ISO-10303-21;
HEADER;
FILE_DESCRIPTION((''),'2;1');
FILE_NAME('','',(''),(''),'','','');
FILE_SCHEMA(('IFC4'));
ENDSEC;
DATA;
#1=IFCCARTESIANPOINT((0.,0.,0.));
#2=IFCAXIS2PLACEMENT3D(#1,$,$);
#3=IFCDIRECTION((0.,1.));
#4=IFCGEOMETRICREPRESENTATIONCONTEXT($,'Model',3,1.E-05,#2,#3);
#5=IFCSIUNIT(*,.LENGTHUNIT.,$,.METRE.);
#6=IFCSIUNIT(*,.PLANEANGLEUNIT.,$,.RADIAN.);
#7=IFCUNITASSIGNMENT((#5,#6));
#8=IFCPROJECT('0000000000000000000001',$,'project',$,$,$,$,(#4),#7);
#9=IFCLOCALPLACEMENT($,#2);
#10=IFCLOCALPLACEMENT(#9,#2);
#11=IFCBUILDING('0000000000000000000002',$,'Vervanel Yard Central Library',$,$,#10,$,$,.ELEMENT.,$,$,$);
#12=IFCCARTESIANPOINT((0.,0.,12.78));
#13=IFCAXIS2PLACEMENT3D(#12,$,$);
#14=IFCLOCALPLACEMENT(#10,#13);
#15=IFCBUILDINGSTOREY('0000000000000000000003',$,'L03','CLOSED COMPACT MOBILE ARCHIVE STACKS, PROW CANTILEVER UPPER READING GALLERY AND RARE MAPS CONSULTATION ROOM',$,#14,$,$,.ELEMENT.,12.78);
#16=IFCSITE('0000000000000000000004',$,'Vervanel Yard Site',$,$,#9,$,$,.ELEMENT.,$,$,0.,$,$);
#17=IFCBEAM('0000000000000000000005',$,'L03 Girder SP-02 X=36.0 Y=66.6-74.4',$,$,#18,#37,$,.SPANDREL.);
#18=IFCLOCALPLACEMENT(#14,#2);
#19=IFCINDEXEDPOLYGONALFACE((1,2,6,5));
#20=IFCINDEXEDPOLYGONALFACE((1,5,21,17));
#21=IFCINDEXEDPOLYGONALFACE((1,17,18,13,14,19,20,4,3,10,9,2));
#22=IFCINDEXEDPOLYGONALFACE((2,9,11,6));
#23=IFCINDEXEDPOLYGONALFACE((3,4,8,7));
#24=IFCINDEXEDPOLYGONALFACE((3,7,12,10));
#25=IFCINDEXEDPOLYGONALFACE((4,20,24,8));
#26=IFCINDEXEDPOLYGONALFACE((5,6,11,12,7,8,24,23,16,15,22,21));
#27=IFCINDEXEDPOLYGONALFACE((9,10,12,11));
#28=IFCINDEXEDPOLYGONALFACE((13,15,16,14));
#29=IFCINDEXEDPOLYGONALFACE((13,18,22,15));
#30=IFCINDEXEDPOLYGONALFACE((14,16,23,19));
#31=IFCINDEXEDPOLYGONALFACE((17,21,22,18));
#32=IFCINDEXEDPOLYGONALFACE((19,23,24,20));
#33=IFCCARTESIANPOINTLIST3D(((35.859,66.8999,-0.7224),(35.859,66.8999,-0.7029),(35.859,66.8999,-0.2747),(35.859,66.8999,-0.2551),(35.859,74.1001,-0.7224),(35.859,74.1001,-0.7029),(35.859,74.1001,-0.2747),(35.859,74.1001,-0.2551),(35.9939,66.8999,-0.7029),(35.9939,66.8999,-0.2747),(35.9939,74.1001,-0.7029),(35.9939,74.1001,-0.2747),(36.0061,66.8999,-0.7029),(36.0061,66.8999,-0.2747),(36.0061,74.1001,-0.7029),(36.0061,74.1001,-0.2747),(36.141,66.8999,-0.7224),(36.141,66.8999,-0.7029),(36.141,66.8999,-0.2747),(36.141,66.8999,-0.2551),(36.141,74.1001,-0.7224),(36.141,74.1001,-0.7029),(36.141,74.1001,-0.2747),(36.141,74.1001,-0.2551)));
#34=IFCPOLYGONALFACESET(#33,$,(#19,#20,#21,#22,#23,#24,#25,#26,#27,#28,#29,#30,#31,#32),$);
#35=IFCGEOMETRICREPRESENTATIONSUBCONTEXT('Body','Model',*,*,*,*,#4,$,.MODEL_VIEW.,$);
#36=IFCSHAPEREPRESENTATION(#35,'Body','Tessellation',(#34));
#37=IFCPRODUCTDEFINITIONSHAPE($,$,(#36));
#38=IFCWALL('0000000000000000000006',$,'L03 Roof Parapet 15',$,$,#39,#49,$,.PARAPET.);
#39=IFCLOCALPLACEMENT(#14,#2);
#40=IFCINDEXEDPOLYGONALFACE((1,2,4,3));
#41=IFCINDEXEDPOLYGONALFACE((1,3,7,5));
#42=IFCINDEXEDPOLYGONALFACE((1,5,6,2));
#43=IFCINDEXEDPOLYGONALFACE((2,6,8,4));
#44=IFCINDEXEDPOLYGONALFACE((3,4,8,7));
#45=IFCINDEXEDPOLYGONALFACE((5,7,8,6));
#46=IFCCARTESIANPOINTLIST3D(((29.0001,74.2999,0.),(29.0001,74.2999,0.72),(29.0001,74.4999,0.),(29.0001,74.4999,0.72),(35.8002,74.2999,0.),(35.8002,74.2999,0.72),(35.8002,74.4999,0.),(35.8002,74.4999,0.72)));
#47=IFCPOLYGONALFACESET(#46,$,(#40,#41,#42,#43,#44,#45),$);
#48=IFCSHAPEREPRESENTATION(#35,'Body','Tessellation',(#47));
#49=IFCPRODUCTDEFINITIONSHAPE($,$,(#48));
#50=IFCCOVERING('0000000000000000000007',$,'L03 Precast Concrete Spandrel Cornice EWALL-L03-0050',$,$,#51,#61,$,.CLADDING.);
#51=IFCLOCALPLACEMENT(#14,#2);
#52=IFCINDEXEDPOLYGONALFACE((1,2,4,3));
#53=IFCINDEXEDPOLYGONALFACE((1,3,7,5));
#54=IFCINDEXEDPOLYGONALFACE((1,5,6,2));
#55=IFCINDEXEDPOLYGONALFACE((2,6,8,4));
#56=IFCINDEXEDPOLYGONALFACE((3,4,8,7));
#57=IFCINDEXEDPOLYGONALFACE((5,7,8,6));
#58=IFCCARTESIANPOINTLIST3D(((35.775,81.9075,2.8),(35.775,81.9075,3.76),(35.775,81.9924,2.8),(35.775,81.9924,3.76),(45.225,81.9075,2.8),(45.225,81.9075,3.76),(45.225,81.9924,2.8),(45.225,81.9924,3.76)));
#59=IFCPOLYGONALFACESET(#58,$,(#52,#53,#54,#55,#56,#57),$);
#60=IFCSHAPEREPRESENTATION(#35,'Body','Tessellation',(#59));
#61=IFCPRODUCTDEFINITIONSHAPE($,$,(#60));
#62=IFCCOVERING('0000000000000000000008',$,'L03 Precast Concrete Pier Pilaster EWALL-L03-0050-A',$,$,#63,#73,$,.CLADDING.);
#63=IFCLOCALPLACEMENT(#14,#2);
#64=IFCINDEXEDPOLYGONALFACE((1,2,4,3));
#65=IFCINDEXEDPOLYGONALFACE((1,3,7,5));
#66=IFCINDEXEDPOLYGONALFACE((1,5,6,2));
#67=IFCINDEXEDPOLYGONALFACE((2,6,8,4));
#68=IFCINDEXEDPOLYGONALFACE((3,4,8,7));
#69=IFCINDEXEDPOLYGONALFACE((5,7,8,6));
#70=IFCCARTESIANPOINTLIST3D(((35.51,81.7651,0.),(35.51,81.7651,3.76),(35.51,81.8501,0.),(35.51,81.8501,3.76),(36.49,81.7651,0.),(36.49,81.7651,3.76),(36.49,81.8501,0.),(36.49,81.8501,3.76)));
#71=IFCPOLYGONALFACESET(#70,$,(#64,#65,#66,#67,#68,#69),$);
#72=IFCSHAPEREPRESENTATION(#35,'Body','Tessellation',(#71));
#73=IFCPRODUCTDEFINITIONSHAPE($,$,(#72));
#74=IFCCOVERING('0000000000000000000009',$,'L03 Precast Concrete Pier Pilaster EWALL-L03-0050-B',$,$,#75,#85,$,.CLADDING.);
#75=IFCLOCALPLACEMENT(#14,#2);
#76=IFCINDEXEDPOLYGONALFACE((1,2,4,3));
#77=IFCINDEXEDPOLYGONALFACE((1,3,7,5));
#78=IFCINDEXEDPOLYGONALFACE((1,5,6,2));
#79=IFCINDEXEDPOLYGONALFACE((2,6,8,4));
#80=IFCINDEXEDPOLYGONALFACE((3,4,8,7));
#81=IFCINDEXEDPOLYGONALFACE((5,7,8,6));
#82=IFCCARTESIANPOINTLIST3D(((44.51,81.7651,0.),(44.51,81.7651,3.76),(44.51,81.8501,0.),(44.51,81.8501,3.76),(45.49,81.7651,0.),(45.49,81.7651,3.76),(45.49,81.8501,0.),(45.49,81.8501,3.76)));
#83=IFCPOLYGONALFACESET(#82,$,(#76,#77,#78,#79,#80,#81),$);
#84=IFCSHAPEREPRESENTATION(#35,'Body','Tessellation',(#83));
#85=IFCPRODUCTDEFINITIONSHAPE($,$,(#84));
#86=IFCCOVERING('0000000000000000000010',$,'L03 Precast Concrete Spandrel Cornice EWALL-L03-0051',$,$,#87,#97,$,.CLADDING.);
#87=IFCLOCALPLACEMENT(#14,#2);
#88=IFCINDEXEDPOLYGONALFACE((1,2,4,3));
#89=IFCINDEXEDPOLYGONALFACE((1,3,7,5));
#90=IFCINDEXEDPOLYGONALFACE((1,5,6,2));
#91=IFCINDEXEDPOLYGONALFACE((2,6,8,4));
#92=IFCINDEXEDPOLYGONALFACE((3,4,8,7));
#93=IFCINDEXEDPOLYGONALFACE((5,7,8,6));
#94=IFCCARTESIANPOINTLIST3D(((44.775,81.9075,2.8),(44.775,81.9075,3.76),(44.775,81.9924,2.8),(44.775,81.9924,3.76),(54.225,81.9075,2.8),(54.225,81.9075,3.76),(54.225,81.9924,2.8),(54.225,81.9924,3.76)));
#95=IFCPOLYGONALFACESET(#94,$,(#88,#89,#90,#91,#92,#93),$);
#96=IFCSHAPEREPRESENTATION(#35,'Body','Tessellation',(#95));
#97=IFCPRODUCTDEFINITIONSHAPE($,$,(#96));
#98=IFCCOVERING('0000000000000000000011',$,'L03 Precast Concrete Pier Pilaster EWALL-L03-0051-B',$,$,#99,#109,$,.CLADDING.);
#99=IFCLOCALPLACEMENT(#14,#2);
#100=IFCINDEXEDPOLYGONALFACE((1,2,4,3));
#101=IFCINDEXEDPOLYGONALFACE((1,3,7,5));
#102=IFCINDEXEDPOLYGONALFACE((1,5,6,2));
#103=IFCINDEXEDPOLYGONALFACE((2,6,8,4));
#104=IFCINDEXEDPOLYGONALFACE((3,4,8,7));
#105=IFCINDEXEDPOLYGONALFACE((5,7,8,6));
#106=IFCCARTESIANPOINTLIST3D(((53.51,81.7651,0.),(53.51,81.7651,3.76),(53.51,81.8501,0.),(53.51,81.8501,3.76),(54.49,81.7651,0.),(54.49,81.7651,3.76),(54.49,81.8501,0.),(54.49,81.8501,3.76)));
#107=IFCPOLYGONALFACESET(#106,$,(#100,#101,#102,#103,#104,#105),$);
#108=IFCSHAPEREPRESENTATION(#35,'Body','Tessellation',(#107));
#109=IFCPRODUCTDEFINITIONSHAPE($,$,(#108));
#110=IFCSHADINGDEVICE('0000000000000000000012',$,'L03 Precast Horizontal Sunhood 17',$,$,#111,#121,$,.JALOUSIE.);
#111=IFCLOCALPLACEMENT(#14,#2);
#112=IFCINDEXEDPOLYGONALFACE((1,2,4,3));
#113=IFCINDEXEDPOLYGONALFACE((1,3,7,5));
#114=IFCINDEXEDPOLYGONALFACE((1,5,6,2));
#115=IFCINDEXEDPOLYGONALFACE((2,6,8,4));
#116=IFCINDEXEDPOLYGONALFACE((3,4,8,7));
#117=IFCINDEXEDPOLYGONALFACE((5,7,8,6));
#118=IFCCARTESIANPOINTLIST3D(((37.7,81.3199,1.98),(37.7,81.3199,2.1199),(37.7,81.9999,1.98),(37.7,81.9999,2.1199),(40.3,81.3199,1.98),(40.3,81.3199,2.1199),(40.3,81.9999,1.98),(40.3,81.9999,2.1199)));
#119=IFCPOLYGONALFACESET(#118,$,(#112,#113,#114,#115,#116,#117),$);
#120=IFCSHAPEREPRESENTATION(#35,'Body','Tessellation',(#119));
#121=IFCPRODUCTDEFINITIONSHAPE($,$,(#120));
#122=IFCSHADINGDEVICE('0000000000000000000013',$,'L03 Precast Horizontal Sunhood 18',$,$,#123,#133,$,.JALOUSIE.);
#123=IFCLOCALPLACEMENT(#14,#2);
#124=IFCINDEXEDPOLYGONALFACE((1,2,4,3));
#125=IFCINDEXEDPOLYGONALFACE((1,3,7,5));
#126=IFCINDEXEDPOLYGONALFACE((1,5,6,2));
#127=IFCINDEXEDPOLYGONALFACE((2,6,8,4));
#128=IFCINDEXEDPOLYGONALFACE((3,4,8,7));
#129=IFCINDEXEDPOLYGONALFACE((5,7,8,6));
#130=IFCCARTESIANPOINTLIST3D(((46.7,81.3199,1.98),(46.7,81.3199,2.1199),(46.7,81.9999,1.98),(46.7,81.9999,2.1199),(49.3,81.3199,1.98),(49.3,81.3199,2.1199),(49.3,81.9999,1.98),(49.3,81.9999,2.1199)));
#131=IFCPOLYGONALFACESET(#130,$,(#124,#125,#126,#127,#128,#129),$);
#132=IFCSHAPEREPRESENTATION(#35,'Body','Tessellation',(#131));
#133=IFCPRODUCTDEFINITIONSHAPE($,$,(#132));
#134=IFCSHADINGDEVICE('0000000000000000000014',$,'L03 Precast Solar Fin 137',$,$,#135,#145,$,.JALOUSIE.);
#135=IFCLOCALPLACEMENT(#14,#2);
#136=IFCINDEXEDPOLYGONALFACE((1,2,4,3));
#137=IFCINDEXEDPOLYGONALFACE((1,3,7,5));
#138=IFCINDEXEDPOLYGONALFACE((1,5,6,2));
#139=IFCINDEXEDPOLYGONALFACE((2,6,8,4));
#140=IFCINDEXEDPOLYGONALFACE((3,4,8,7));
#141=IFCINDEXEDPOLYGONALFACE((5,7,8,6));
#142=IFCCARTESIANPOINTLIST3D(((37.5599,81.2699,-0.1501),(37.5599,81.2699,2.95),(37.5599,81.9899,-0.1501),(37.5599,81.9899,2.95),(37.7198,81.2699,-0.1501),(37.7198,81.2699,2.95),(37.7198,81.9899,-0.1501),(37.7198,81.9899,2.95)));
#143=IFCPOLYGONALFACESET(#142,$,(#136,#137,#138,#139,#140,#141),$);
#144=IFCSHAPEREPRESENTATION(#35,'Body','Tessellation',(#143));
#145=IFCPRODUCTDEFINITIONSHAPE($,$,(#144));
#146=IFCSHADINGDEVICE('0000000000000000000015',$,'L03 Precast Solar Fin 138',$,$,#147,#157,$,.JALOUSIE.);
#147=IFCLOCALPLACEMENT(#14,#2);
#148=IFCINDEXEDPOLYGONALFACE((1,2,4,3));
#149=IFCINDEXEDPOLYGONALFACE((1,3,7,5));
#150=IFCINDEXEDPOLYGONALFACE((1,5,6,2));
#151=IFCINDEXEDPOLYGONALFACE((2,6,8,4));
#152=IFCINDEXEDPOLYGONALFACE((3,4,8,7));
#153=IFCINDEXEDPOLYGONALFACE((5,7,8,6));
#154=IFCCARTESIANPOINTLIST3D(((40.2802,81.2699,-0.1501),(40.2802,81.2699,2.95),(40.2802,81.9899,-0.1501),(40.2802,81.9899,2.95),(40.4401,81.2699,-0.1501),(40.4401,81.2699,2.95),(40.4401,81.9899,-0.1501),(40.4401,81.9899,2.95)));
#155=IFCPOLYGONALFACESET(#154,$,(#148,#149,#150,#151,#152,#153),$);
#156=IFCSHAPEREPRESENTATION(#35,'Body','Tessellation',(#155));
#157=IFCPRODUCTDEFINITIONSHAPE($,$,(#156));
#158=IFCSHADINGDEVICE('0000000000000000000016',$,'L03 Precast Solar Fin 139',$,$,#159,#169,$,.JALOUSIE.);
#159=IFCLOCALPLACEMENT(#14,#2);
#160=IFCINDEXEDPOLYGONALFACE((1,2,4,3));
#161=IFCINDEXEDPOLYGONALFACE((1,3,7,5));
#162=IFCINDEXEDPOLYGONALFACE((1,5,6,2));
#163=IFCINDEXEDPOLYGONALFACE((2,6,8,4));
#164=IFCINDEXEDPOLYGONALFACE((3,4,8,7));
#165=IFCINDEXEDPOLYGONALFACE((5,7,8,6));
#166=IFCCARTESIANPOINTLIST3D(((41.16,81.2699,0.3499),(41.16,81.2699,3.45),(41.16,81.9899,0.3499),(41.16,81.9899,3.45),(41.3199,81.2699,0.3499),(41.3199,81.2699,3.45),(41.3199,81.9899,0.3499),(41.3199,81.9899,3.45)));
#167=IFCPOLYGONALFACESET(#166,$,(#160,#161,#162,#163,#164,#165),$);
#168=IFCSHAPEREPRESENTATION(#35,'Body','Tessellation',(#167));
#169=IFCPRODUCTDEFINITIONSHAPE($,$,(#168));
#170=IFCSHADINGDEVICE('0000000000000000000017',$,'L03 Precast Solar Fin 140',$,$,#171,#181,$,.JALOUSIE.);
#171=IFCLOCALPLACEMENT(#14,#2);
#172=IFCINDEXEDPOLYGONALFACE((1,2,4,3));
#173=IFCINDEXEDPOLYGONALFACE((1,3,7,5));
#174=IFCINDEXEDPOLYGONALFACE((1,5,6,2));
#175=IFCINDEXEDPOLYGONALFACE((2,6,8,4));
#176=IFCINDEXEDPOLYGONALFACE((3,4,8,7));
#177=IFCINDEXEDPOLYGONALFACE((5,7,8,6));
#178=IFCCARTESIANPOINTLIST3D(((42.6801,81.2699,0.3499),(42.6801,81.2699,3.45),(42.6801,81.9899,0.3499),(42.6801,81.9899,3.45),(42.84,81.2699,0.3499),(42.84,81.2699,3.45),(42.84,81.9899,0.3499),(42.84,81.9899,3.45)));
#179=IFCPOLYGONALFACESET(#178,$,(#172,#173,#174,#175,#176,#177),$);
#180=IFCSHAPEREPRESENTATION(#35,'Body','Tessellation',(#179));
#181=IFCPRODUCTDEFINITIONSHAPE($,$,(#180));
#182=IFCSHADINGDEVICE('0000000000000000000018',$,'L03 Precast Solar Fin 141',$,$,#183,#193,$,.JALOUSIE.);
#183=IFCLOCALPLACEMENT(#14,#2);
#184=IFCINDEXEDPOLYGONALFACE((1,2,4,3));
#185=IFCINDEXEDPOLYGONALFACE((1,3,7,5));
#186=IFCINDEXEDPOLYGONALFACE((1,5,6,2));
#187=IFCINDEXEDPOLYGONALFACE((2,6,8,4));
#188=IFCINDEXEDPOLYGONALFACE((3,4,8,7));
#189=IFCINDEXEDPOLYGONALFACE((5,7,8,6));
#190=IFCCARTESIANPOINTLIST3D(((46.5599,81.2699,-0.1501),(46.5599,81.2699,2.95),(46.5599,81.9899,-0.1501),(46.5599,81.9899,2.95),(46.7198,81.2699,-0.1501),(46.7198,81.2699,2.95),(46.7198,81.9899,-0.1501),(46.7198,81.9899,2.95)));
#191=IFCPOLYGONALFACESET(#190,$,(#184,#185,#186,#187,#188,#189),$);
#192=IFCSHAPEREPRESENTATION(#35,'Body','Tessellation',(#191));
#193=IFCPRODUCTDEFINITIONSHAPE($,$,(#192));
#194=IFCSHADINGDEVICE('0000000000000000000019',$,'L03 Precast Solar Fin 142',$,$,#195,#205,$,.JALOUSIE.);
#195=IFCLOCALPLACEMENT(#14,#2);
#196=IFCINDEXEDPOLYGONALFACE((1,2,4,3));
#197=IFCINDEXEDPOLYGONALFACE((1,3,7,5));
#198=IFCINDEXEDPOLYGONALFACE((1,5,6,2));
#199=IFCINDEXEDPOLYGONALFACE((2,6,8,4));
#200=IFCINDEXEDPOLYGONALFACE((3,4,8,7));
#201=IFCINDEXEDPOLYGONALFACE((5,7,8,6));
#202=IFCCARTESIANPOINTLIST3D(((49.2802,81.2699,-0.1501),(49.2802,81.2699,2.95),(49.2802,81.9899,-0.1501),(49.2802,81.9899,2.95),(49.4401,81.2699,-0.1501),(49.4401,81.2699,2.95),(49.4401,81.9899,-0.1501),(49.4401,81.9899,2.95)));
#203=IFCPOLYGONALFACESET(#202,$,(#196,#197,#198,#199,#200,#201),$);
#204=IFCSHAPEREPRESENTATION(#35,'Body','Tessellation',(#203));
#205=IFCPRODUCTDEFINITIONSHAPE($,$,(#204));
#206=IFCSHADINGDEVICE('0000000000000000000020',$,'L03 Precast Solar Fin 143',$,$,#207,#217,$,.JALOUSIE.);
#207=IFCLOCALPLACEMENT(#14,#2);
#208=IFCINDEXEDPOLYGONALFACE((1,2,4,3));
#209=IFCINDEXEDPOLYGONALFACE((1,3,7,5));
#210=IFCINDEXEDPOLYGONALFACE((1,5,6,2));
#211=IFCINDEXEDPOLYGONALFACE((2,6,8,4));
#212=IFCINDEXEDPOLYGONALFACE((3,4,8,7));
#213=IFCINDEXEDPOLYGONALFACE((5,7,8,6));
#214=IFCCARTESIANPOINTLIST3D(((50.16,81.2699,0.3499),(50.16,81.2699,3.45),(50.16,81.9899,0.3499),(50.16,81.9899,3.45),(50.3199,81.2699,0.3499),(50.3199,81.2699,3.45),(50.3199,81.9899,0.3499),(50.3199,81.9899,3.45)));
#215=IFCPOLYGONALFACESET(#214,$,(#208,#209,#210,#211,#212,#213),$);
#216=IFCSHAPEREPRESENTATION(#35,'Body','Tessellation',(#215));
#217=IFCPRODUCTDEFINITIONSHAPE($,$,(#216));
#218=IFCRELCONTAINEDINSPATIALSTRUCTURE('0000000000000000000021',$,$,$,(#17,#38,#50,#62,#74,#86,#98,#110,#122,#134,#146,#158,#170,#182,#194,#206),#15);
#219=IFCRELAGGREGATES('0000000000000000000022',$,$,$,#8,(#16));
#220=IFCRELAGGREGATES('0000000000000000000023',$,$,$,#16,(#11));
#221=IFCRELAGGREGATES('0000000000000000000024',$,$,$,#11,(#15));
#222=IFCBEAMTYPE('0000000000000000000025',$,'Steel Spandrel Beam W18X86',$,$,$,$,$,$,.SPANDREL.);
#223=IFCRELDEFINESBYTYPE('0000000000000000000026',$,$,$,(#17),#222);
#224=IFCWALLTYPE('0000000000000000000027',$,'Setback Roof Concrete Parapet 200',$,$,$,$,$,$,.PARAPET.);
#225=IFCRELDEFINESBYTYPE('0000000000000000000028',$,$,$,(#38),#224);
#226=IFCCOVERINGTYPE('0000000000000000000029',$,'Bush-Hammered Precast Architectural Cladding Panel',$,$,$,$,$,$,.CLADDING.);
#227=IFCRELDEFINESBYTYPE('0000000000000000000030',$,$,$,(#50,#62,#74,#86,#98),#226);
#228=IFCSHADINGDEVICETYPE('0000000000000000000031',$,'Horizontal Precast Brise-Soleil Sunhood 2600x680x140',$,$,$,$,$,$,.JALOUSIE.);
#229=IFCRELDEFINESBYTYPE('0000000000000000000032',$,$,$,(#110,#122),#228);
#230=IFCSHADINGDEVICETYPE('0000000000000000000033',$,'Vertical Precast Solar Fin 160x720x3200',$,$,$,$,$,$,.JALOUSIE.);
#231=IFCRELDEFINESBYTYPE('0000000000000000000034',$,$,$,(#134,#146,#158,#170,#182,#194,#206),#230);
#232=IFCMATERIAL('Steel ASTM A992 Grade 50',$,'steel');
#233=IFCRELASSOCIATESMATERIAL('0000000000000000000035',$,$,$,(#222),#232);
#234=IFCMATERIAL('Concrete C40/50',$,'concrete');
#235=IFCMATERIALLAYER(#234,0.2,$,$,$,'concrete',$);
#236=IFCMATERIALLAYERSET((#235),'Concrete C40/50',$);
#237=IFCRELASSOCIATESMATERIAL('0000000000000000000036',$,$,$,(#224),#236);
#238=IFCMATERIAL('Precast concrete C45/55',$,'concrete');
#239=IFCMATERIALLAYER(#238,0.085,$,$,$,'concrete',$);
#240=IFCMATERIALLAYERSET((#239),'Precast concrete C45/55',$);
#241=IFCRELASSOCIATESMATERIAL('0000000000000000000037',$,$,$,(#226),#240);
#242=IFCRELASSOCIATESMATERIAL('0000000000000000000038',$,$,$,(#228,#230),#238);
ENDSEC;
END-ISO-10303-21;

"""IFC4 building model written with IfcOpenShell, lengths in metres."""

from ifc_helpers import new_model, si_unit, direction, frame, frame_2d, origin, origin_2d, place, context, subcontext, project, spatial, rectangle, i_section, extrude, material, layer, layer_set, material_profile, profile_set, type_object, element, save


model = new_model("IFC4")

# Units and contexts
model_context = context("Model", 3, precision=1e-05, world=origin(), true_north=direction((0.0, 1.0)))
body_context = subcontext(model_context, "Body", "Model", "MODEL_VIEW")
ifc_project = project(units=[si_unit("LENGTHUNIT", "METRE"), si_unit("PLANEANGLEUNIT", "RADIAN")], contexts=[model_context])

# Site, building, storey
site_placement = place(None, origin())
site = spatial("IfcSite", under=ifc_project, at=site_placement, Name="Vervanel Yard Site", CompositionType="ELEMENT", RefElevation=0.0)
building_placement = place(site_placement, origin())
building = spatial("IfcBuilding", under=site, at=building_placement, Name="Vervanel Yard Central Library", CompositionType="ELEMENT")
storey_placement = place(building_placement, frame((0.0, 0.0, 12.78)))
storey = spatial("IfcBuildingStorey", under=building, at=storey_placement, Name="L03", Description="CLOSED COMPACT MOBILE ARCHIVE STACKS, PROW CANTILEVER UPPER READING GALLERY AND RARE MAPS CONSULTATION ROOM", CompositionType="ELEMENT", Elevation=12.78)

# Beam
ifc_material_1 = material(Name="Steel ASTM A992 Grade 50", Category="steel")
ifc_material_profile = material_profile(ifc_material_1, i_section(OverallWidth=0.282, OverallDepth=0.4673, WebThickness=0.0122, FlangeThickness=0.0195, at=origin_2d()), Name="W18X86", Category="steel")
ifc_profile_set = profile_set([ifc_material_profile], Name="Steel ASTM A992 Grade 50")
beam_type = type_object("IfcBeamType", Name="Steel Spandrel Beam W18X86", PredefinedType="SPANDREL", material=ifc_profile_set)
beam_placement = place(storey_placement, frame((36.0, 66.8999, -0.4888), z_axis=(0.0, 1.0, 0.0), x_axis=(-1.0, 0.0, 0.0)))
element("IfcBeam", 1, at=beam_placement, inside=storey, type_object=beam_type, Name="L03 Girder SP-02 X=36.0 Y=66.6-74.4", PredefinedType="SPANDREL", context=body_context, shape_type="SweptSolid", body=[
    extrude(i_section(OverallWidth=0.282, OverallDepth=0.4673, WebThickness=0.0122, FlangeThickness=0.0195, at=origin_2d()), origin(), (0.0, 0.0, 1.0), 7.2002),
])

# Wall
ifc_material_2 = material(Name="Concrete C40/50", Category="concrete")
ifc_layer_1 = layer(ifc_material_2, 0.2, Category="concrete")
ifc_layer_set_1 = layer_set([ifc_layer_1], Name="Concrete C40/50")
wall_type = type_object("IfcWallType", Name="Setback Roof Concrete Parapet 200", PredefinedType="PARAPET", material=ifc_layer_set_1)
wall_placement = place(storey_placement, frame((35.8, 74.3999, 0.0), z_axis=(0.0, 0.0, 1.0), x_axis=(-1.0, 0.0, 0.0)))
element("IfcWall", 2, at=wall_placement, inside=storey, type_object=wall_type, Name="L03 Roof Parapet 15", PredefinedType="PARAPET", context=body_context, shape_type="SweptSolid", body=[
    extrude(rectangle(XDim=6.8, YDim=0.2, at=frame_2d((3.3999, 0.0))), origin(), (0.0, 0.0, 1.0), 0.72),
])

# Coverings
ifc_material_3 = material(Name="Precast concrete C45/55", Category="concrete")
ifc_layer_2 = layer(ifc_material_3, 0.085, Category="concrete")
ifc_layer_set_2 = layer_set([ifc_layer_2], Name="Precast concrete C45/55")
covering_type = type_object("IfcCoveringType", Name="Bush-Hammered Precast Architectural Cladding Panel", PredefinedType="CLADDING", material=ifc_layer_set_2)
covering_1_placement = place(storey_placement, frame((40.5, 81.95, 2.8), z_axis=(0.0, 0.0, 1.0), x_axis=(1.0, 0.0, 0.0)))
element("IfcCovering", 3, at=covering_1_placement, inside=storey, type_object=covering_type, Name="L03 Precast Concrete Spandrel Cornice EWALL-L03-0050", PredefinedType="CLADDING", context=body_context, shape_type="SweptSolid", body=[
    extrude(rectangle(XDim=9.45, YDim=0.085, at=origin_2d()), origin(), (0.0, 0.0, 1.0), 0.96),
])
for number, where, z_axis, x_axis, name in (
    (4, (36.0, 81.8076, 0.0), (0.0, 0.0, 1.0), (1.0, 0.0, 0.0), "L03 Precast Concrete Pier Pilaster EWALL-L03-0050-A"),
    (5, (45.0, 81.8076, 0.0), (0.0, 0.0, 1.0), (1.0, 0.0, 0.0), "L03 Precast Concrete Pier Pilaster EWALL-L03-0050-B"),
):
    element("IfcCovering", number, at=place(storey_placement, frame(where, z_axis=z_axis, x_axis=x_axis)), inside=storey, type_object=covering_type, Name=name, PredefinedType="CLADDING", context=body_context, shape_type="SweptSolid", body=[
        extrude(rectangle(XDim=0.98, YDim=0.085, at=origin_2d()), origin(), (0.0, 0.0, 1.0), 3.76),
    ])
covering_2_placement = place(storey_placement, frame((49.5, 81.95, 2.8), z_axis=(0.0, 0.0, 1.0), x_axis=(1.0, 0.0, 0.0)))
element("IfcCovering", 6, at=covering_2_placement, inside=storey, type_object=covering_type, Name="L03 Precast Concrete Spandrel Cornice EWALL-L03-0051", PredefinedType="CLADDING", context=body_context, shape_type="SweptSolid", body=[
    extrude(rectangle(XDim=9.45, YDim=0.085, at=origin_2d()), origin(), (0.0, 0.0, 1.0), 0.96),
])
covering_3_placement = place(storey_placement, frame((54.0, 81.8076, 0.0), z_axis=(0.0, 0.0, 1.0), x_axis=(1.0, 0.0, 0.0)))
element("IfcCovering", 7, at=covering_3_placement, inside=storey, type_object=covering_type, Name="L03 Precast Concrete Pier Pilaster EWALL-L03-0051-B", PredefinedType="CLADDING", context=body_context, shape_type="SweptSolid", body=[
    extrude(rectangle(XDim=0.98, YDim=0.085, at=origin_2d()), origin(), (0.0, 0.0, 1.0), 3.76),
])

# Shading devices
shading_device_type_1 = type_object("IfcShadingDeviceType", Name="Horizontal Precast Brise-Soleil Sunhood 2600x680x140", PredefinedType="JALOUSIE", material=ifc_material_3)
for number, where, z_axis, x_axis, name in (
    (8, (39.0, 81.6599, 1.98), (0.0, 0.0, 1.0), (1.0, 0.0, 0.0), "L03 Precast Horizontal Sunhood 17"),
    (9, (48.0, 81.6599, 1.98), (0.0, 0.0, 1.0), (1.0, 0.0, 0.0), "L03 Precast Horizontal Sunhood 18"),
):
    element("IfcShadingDevice", number, at=place(storey_placement, frame(where, z_axis=z_axis, x_axis=x_axis)), inside=storey, type_object=shading_device_type_1, Name=name, PredefinedType="JALOUSIE", context=body_context, shape_type="SweptSolid", body=[
        extrude(rectangle(XDim=2.6001, YDim=0.6799, at=origin_2d()), origin(), (0.0, 0.0, 1.0), 0.1399),
    ])
shading_device_type_2 = type_object("IfcShadingDeviceType", Name="Vertical Precast Solar Fin 160x720x3200", PredefinedType="JALOUSIE", material=ifc_material_3)
for number, where, z_axis, x_axis, name in (
    (10, (37.6399, 81.6299, -0.1501), (0.0, 0.0, 1.0), (1.0, 0.0, 0.0), "L03 Precast Solar Fin 137"),
    (11, (40.3601, 81.6299, -0.1501), (0.0, 0.0, 1.0), (1.0, 0.0, 0.0), "L03 Precast Solar Fin 138"),
    (12, (41.24, 81.6299, 0.3499), (0.0, 0.0, 1.0), (1.0, 0.0, 0.0), "L03 Precast Solar Fin 139"),
    (13, (42.76, 81.6299, 0.3499), (0.0, 0.0, 1.0), (1.0, 0.0, 0.0), "L03 Precast Solar Fin 140"),
    (14, (46.6399, 81.6299, -0.1501), (0.0, 0.0, 1.0), (1.0, 0.0, 0.0), "L03 Precast Solar Fin 141"),
    (15, (49.3601, 81.6299, -0.1501), (0.0, 0.0, 1.0), (1.0, 0.0, 0.0), "L03 Precast Solar Fin 142"),
    (16, (50.24, 81.6299, 0.3499), (0.0, 0.0, 1.0), (1.0, 0.0, 0.0), "L03 Precast Solar Fin 143"),
):
    element("IfcShadingDevice", number, at=place(storey_placement, frame(where, z_axis=z_axis, x_axis=x_axis)), inside=storey, type_object=shading_device_type_2, Name=name, PredefinedType="JALOUSIE", context=body_context, shape_type="SweptSolid", body=[
        extrude(rectangle(XDim=0.1599, YDim=0.72, at=origin_2d()), origin(), (0.0, 0.0, 1.0), 3.1001),
    ])

save(model, "model.ifc")
